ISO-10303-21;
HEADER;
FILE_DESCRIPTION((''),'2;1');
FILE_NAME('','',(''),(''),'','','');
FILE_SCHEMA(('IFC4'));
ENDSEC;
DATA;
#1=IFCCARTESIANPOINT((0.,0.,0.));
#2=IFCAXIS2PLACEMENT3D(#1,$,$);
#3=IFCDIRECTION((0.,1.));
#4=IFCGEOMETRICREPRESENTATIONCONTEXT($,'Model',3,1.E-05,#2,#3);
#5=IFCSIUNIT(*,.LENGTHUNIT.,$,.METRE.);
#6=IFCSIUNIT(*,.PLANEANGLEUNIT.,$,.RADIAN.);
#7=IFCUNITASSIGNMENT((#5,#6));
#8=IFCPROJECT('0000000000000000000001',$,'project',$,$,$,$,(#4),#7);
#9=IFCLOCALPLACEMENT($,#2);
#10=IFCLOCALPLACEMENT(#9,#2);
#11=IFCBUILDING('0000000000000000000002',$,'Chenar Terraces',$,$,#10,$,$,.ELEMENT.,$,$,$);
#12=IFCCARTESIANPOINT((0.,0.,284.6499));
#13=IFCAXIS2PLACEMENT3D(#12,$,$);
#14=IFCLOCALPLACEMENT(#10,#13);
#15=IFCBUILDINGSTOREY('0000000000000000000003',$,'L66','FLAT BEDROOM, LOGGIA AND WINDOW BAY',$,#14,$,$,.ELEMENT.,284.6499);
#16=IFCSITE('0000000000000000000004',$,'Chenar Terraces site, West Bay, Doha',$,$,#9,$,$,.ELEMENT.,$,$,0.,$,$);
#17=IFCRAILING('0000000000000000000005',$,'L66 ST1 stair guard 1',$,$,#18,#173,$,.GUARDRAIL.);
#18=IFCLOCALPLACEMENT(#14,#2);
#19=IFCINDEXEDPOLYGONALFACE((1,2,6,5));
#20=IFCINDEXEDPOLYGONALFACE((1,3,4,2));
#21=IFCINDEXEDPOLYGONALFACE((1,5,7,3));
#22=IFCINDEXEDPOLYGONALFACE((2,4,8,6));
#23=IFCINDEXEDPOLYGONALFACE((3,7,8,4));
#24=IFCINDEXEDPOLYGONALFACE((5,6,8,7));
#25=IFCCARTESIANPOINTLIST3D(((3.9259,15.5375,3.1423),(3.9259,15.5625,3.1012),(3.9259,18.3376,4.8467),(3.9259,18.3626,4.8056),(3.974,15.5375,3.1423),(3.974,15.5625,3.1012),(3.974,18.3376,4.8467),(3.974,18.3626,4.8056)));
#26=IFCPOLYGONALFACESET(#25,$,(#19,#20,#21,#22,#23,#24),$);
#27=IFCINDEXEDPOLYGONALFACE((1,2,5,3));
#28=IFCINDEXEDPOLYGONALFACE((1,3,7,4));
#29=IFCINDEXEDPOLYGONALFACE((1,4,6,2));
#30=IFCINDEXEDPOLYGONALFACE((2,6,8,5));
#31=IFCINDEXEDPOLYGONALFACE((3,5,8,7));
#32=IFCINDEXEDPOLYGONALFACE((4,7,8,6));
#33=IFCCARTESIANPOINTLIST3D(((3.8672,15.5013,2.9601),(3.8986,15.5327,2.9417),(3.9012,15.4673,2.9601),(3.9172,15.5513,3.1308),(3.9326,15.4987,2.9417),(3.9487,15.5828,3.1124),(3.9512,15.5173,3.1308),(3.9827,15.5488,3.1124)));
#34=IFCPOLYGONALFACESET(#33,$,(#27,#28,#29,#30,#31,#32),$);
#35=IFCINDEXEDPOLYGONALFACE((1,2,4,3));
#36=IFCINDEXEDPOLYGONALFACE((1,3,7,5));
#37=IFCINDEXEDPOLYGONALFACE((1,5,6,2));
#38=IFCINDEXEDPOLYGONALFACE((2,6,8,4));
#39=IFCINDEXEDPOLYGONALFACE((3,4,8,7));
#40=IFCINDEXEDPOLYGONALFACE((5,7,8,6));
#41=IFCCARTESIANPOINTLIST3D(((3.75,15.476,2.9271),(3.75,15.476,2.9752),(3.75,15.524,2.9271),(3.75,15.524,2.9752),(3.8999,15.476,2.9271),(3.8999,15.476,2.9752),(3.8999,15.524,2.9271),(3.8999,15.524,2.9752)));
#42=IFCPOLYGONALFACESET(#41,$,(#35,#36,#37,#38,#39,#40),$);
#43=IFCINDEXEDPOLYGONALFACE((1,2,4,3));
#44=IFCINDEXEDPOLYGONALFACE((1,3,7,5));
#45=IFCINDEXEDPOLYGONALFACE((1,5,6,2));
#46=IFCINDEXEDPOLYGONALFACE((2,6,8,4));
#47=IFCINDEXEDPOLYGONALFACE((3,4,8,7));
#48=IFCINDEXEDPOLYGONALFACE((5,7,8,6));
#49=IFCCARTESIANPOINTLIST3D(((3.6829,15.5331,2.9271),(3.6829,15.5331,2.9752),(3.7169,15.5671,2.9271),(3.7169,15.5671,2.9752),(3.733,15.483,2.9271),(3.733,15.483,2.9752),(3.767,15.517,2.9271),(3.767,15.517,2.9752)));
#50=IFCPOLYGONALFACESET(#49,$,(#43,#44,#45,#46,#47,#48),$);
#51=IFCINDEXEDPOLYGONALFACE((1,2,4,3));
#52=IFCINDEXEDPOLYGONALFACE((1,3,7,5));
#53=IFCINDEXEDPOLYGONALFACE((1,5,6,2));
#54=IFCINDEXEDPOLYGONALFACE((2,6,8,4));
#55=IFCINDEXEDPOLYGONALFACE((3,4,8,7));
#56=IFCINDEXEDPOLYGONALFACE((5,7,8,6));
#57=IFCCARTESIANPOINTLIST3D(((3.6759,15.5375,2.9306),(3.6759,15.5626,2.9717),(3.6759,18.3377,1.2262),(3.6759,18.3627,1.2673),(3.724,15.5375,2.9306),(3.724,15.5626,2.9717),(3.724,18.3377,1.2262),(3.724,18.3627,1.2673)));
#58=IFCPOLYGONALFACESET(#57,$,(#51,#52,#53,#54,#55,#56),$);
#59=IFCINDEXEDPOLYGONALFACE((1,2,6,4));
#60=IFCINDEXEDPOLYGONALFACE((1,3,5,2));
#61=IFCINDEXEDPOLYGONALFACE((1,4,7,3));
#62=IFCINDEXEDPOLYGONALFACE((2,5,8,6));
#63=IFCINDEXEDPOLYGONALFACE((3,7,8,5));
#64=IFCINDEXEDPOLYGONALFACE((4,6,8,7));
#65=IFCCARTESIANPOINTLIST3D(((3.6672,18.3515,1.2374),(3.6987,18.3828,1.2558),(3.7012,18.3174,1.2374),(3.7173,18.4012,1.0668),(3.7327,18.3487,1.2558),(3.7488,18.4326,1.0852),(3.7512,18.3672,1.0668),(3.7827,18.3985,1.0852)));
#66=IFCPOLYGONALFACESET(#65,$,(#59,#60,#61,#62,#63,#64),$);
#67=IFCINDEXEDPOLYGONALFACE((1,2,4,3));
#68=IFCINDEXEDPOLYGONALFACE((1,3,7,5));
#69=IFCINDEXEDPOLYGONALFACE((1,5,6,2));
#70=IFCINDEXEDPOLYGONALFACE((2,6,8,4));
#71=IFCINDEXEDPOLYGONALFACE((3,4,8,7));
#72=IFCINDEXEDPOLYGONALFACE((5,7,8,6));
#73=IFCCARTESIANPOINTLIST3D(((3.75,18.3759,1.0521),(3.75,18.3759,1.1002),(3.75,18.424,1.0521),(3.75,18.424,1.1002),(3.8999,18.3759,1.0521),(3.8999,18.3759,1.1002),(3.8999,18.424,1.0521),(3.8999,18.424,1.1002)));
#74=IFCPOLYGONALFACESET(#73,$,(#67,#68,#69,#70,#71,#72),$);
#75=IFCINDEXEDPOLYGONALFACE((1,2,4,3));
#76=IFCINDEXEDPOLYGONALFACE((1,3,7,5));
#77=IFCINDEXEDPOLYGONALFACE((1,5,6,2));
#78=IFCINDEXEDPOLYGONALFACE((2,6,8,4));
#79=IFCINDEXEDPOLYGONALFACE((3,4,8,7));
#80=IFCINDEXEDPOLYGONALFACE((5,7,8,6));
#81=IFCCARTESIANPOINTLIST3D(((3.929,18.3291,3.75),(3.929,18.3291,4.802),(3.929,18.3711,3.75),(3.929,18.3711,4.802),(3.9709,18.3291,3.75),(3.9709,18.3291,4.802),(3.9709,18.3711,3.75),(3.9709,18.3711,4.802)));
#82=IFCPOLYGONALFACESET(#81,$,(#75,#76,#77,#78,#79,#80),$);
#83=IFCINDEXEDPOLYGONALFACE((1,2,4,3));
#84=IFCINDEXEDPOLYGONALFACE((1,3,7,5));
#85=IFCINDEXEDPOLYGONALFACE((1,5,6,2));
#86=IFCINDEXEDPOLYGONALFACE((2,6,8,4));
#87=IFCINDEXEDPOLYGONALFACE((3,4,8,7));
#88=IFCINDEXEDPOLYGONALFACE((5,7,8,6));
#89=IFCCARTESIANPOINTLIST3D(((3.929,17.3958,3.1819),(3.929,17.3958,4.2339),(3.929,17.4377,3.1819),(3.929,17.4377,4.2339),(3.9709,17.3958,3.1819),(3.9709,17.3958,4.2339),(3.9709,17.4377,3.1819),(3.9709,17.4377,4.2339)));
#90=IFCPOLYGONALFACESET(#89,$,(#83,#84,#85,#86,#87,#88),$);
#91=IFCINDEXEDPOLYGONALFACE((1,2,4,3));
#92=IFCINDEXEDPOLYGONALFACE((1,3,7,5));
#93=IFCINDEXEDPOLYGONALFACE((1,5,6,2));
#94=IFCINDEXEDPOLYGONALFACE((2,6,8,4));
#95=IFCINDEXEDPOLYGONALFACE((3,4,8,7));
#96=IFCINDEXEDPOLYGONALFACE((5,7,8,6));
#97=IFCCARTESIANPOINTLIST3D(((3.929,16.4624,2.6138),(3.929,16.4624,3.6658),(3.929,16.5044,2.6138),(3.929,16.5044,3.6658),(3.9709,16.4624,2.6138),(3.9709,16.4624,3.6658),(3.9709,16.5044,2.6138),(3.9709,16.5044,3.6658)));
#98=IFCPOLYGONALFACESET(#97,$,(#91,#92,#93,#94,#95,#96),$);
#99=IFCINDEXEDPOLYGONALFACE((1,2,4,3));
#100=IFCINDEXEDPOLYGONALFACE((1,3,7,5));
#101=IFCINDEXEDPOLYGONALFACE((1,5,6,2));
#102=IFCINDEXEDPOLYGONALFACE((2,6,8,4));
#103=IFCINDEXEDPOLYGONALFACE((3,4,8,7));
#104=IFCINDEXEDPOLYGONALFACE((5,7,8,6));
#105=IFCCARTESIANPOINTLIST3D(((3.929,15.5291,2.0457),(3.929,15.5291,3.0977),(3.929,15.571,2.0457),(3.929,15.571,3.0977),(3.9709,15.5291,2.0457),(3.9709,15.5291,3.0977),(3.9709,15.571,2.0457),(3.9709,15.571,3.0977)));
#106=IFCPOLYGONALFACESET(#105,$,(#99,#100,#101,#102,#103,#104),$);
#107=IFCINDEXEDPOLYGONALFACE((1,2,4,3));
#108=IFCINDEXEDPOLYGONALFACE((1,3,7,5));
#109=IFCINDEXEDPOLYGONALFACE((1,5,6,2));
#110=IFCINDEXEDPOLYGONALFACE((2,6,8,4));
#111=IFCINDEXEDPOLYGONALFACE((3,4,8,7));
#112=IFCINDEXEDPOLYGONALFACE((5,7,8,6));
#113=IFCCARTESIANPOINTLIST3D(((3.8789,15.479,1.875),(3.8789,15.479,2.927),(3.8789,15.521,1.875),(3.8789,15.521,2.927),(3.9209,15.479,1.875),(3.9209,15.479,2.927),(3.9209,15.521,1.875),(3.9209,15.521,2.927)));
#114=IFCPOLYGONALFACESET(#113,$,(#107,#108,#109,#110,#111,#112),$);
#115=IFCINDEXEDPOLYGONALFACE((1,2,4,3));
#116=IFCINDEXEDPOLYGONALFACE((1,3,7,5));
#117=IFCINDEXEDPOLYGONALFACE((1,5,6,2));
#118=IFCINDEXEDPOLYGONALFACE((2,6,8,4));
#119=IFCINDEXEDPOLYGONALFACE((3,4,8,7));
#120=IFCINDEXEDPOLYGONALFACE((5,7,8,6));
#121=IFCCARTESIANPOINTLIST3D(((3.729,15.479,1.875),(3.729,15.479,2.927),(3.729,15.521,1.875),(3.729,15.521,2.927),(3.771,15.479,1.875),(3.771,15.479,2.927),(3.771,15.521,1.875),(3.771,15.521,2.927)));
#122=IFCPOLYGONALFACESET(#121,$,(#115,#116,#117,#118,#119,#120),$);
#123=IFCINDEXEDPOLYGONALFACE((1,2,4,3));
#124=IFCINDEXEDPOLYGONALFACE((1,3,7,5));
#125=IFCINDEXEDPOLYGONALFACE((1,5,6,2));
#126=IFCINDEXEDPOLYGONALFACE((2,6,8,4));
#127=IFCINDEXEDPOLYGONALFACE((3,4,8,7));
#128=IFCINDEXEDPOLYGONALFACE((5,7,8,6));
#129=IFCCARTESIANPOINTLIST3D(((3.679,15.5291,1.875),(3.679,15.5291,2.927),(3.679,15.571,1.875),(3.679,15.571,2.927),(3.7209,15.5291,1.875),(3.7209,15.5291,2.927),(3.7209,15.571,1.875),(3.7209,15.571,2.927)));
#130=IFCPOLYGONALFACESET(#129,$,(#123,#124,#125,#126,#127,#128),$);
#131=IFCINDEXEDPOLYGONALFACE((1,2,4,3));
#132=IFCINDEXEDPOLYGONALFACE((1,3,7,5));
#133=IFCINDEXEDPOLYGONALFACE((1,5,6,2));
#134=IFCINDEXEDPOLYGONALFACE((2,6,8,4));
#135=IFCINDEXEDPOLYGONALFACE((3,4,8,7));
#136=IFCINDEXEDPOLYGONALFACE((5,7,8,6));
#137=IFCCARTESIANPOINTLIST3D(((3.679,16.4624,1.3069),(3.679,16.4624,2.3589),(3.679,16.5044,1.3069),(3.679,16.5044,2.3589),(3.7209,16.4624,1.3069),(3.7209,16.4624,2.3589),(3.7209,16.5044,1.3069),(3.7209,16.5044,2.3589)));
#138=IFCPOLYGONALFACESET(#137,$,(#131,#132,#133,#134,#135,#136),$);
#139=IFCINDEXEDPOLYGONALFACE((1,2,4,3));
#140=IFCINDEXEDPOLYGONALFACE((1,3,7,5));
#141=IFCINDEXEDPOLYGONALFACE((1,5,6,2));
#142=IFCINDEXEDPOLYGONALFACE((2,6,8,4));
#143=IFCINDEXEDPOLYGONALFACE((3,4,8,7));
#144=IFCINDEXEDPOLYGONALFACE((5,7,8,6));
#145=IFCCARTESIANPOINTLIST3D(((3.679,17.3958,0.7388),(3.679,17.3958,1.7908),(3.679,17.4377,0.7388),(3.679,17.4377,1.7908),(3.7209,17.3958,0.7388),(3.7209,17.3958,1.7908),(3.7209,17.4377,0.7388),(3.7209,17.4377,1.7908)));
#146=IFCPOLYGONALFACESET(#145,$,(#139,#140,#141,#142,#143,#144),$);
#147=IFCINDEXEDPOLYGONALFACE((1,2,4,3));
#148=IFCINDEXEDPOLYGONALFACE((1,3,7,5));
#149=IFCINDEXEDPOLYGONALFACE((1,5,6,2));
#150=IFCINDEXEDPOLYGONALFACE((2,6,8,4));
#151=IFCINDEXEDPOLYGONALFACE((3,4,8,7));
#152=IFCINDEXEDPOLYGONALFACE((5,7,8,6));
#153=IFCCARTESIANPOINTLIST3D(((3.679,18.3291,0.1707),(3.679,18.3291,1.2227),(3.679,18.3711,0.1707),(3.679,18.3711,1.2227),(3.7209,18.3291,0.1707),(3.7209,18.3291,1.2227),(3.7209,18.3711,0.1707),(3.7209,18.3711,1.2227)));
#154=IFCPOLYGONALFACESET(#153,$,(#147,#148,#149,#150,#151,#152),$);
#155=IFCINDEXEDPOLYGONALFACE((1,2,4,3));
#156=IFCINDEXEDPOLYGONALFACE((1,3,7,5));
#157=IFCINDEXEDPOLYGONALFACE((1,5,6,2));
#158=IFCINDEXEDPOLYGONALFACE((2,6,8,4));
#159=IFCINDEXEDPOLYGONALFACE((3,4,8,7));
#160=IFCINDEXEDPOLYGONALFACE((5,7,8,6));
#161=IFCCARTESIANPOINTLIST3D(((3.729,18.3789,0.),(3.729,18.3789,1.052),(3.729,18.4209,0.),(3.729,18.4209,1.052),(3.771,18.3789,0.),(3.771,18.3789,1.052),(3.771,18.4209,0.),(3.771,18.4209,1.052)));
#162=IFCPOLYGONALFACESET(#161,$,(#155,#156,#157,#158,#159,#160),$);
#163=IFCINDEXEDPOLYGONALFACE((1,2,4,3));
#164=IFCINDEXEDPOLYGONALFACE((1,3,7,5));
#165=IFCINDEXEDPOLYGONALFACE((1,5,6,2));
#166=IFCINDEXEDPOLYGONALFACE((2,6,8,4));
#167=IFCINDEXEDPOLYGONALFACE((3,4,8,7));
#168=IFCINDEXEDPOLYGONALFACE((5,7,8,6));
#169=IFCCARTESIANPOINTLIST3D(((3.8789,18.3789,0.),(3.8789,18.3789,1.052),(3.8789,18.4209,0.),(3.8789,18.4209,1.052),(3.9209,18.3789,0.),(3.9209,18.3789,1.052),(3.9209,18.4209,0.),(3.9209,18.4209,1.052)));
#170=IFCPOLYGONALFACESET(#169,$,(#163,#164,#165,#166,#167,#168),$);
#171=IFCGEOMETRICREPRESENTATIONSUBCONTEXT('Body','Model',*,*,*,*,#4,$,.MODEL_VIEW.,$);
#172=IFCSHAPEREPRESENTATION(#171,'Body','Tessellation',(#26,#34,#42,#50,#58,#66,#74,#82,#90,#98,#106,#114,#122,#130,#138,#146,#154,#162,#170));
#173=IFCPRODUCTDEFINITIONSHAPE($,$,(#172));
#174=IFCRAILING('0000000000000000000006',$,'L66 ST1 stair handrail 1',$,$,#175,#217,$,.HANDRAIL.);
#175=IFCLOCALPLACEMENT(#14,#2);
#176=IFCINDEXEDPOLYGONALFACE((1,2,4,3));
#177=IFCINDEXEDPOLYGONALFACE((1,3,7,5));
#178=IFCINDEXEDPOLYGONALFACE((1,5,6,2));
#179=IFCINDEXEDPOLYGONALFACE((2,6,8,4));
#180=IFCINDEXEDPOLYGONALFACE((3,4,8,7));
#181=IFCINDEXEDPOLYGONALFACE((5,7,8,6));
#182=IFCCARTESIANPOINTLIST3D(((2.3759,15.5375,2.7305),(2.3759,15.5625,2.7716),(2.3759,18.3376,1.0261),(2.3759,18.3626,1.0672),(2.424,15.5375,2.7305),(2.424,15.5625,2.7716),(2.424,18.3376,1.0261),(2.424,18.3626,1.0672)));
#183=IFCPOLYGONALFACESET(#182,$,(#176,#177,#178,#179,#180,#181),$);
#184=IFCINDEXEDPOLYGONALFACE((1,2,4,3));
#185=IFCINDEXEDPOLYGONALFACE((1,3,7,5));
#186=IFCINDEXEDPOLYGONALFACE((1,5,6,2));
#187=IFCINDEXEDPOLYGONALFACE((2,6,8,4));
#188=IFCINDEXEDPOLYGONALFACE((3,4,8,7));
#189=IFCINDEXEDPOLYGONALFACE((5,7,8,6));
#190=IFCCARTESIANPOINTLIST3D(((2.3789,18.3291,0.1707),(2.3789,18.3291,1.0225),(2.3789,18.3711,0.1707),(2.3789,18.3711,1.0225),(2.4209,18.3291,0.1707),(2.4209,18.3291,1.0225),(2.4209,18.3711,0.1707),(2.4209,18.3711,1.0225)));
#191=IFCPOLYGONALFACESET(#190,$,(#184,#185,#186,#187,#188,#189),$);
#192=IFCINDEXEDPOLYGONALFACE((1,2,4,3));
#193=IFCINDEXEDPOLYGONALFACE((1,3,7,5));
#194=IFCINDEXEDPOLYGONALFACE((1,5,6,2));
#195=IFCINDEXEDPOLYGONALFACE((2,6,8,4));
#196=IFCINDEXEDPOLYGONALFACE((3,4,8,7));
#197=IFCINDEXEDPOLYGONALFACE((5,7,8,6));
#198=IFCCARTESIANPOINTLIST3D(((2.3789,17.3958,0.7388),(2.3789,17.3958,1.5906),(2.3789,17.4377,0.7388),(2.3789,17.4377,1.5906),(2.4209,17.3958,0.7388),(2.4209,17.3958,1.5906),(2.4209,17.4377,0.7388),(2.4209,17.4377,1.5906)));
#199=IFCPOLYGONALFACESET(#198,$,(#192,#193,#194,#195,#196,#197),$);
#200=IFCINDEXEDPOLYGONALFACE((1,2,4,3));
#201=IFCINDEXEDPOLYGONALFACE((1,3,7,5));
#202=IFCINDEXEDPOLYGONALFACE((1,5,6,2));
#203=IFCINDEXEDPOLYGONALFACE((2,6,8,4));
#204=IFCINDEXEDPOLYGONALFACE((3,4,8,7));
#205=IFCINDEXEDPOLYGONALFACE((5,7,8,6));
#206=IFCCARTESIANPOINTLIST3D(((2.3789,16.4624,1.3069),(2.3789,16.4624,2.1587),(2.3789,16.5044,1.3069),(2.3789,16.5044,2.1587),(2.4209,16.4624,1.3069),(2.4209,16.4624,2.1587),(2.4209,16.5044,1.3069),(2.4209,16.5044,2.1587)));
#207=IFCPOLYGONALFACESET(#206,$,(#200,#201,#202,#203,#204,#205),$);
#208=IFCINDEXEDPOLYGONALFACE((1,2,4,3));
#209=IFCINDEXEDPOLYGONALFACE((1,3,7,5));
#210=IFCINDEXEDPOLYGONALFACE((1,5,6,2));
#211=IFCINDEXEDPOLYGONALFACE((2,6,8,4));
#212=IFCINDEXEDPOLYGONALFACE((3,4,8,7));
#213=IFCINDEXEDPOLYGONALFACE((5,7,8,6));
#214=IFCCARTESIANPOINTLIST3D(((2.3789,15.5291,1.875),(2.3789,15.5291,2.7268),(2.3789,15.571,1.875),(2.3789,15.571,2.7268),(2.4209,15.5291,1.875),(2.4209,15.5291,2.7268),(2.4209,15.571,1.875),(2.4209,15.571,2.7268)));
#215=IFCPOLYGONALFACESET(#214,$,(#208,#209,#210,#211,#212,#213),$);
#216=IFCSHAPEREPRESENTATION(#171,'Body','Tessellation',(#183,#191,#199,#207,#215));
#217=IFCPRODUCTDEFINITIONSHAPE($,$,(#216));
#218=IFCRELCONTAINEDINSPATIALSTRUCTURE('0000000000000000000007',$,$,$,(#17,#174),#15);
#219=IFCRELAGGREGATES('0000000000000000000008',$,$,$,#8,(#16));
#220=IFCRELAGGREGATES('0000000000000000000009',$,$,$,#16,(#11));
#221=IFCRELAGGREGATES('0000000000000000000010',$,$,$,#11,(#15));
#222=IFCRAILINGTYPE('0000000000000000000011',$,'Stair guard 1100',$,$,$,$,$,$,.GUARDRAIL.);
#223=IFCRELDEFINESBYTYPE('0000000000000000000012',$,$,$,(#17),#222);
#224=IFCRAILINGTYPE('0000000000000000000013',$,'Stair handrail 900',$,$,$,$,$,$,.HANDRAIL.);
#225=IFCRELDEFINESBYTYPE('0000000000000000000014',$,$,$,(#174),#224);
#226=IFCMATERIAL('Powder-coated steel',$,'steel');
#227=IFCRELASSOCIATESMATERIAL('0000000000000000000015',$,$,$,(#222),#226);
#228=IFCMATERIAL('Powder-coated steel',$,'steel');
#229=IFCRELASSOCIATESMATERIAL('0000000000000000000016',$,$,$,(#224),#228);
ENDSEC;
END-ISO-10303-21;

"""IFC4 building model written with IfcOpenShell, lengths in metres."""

from ifc_helpers import new_model, si_unit, direction, frame, origin, origin_2d, place, context, subcontext, project, spatial, rectangle, extrude, material, type_object, element, save


model = new_model("IFC4")

# Units and contexts
model_context = context("Model", 3, precision=1e-05, world=origin(), true_north=direction((0.0, 1.0)))
body_context = subcontext(model_context, "Body", "Model", "MODEL_VIEW")
ifc_project = project(units=[si_unit("LENGTHUNIT", "METRE"), si_unit("PLANEANGLEUNIT", "RADIAN")], contexts=[model_context])

# Site, building, storey
site_placement = place(None, origin())
site = spatial("IfcSite", under=ifc_project, at=site_placement, Name="Chenar Terraces site, West Bay, Doha", CompositionType="ELEMENT", RefElevation=0.0)
building_placement = place(site_placement, origin())
building = spatial("IfcBuilding", under=site, at=building_placement, Name="Chenar Terraces", CompositionType="ELEMENT")
storey_placement = place(building_placement, frame((0.0, 0.0, 284.6499)))
storey = spatial("IfcBuildingStorey", under=building, at=storey_placement, Name="L66", Description="FLAT BEDROOM, LOGGIA AND WINDOW BAY", CompositionType="ELEMENT", Elevation=284.6499)

# Railings
ifc_material_1 = material(Name="Powder-coated steel", Category="steel")
railing_type_1 = type_object("IfcRailingType", Name="Stair guard 1100", PredefinedType="GUARDRAIL", material=ifc_material_1)
railing_1_placement = place(storey_placement, frame((3.95, 18.3501, 3.75)))
element("IfcRailing", 1, at=railing_1_placement, inside=storey, type_object=railing_type_1, Name="L66 ST1 stair guard 1", PredefinedType="GUARDRAIL", context=body_context, shape_type="SweptSolid", body=[
    extrude(rectangle(XDim=0.0481, YDim=0.0481, at=origin_2d()), frame((0.0, 0.0, 1.0762), z_axis=(0.0, -0.854203, -0.51994), x_axis=(1.0, 0.0, 0.0)), (0.0, 0.0, 1.0), 3.2781),
    extrude(rectangle(XDim=0.0481, YDim=0.0481, at=origin_2d()), frame((0.0, -2.8, -0.6284), z_axis=(-0.2709, -0.2709, -0.923703), x_axis=(0.707107, -0.707107, 0.0)), (0.0, 0.0, 1.0), 0.1848),
    extrude(rectangle(XDim=0.0481, YDim=0.0481, at=origin_2d()), frame((-0.05, -2.8501, -0.7988), z_axis=(-1.0, 0.0, 0.0), x_axis=(0.0, -1.0, 0.0)), (0.0, 0.0, 1.0), 0.1499),
    extrude(rectangle(XDim=0.0481, YDim=0.0481, at=origin_2d()), frame((-0.2, -2.8501, -0.7988), z_axis=(-0.707107, 0.707107, 0.0), x_axis=(-0.707107, -0.707107, 0.0)), (0.0, 0.0, 1.0), 0.0708),
    extrude(rectangle(XDim=0.0481, YDim=0.0481, at=origin_2d()), frame((-0.25, -2.8, -0.7988), z_axis=(0.0, 0.854203, -0.51994), x_axis=(-1.0, 0.0, 0.0)), (0.0, 0.0, 1.0), 3.2781),
    extrude(rectangle(XDim=0.0481, YDim=0.0481, at=origin_2d()), frame((-0.25, 0.0, -2.5034), z_axis=(0.270997, 0.269675, -0.924033), x_axis=(-0.705376, 0.708834, 0.0)), (0.0, 0.0, 1.0), 0.1846),
    extrude(rectangle(XDim=0.0481, YDim=0.0481, at=origin_2d()), frame((-0.2, 0.0498, -2.6738), z_axis=(1.0, 0.0, 0.0), x_axis=(0.0, 1.0, 0.0)), (0.0, 0.0, 1.0), 0.1499),
    extrude(rectangle(XDim=0.042, YDim=0.042, at=origin_2d()), origin(), (0.0, 0.0, 1.0), 1.052),
    extrude(rectangle(XDim=0.042, YDim=0.042, at=origin_2d()), frame((0.0, -0.9333, -0.5681)), (0.0, 0.0, 1.0), 1.052),
    extrude(rectangle(XDim=0.042, YDim=0.042, at=origin_2d()), frame((0.0, -1.8667, -1.1362)), (0.0, 0.0, 1.0), 1.052),
    extrude(rectangle(XDim=0.042, YDim=0.042, at=origin_2d()), frame((0.0, -2.8, -1.7043)), (0.0, 0.0, 1.0), 1.052),
    extrude(rectangle(XDim=0.042, YDim=0.042, at=origin_2d()), frame((-0.05, -2.8501, -1.875)), (0.0, 0.0, 1.0), 1.052),
    extrude(rectangle(XDim=0.042, YDim=0.042, at=origin_2d()), frame((-0.2, -2.8501, -1.875)), (0.0, 0.0, 1.0), 1.052),
    extrude(rectangle(XDim=0.042, YDim=0.042, at=origin_2d()), frame((-0.25, -2.8, -1.875)), (0.0, 0.0, 1.0), 1.052),
    extrude(rectangle(XDim=0.042, YDim=0.042, at=origin_2d()), frame((-0.25, -1.8667, -2.4431)), (0.0, 0.0, 1.0), 1.052),
    extrude(rectangle(XDim=0.042, YDim=0.042, at=origin_2d()), frame((-0.25, -0.9333, -3.0112)), (0.0, 0.0, 1.0), 1.052),
    extrude(rectangle(XDim=0.042, YDim=0.042, at=origin_2d()), frame((-0.25, 0.0, -3.5793)), (0.0, 0.0, 1.0), 1.052),
    extrude(rectangle(XDim=0.042, YDim=0.042, at=origin_2d()), frame((-0.2, 0.0498, -3.75)), (0.0, 0.0, 1.0), 1.052),
    extrude(rectangle(XDim=0.042, YDim=0.042, at=origin_2d()), frame((-0.05, 0.0498, -3.75)), (0.0, 0.0, 1.0), 1.052),
])
ifc_material_2 = material(Name="Powder-coated steel", Category="steel")
railing_type_2 = type_object("IfcRailingType", Name="Stair handrail 900", PredefinedType="HANDRAIL", material=ifc_material_2)
railing_2_placement = place(storey_placement, frame((2.3999, 18.3501, 0.1707)))
element("IfcRailing", 2, at=railing_2_placement, inside=storey, type_object=railing_type_2, Name="L66 ST1 stair handrail 1", PredefinedType="HANDRAIL", context=body_context, shape_type="SweptSolid", body=[
    extrude(rectangle(XDim=0.0481, YDim=0.0481, at=origin_2d()), frame((0.0, 0.0, 0.876), z_axis=(0.0, -0.854203, 0.51994), x_axis=(1.0, 0.0, 0.0)), (0.0, 0.0, 1.0), 3.2781),
    extrude(rectangle(XDim=0.042, YDim=0.042, at=origin_2d()), origin(), (0.0, 0.0, 1.0), 0.8518),
    extrude(rectangle(XDim=0.042, YDim=0.042, at=origin_2d()), frame((0.0, -0.9333, 0.5681)), (0.0, 0.0, 1.0), 0.8518),
    extrude(rectangle(XDim=0.042, YDim=0.042, at=origin_2d()), frame((0.0, -1.8667, 1.1362)), (0.0, 0.0, 1.0), 0.8518),
    extrude(rectangle(XDim=0.042, YDim=0.042, at=origin_2d()), frame((0.0, -2.8, 1.7043)), (0.0, 0.0, 1.0), 0.8518),
])

save(model, "model.ifc")
